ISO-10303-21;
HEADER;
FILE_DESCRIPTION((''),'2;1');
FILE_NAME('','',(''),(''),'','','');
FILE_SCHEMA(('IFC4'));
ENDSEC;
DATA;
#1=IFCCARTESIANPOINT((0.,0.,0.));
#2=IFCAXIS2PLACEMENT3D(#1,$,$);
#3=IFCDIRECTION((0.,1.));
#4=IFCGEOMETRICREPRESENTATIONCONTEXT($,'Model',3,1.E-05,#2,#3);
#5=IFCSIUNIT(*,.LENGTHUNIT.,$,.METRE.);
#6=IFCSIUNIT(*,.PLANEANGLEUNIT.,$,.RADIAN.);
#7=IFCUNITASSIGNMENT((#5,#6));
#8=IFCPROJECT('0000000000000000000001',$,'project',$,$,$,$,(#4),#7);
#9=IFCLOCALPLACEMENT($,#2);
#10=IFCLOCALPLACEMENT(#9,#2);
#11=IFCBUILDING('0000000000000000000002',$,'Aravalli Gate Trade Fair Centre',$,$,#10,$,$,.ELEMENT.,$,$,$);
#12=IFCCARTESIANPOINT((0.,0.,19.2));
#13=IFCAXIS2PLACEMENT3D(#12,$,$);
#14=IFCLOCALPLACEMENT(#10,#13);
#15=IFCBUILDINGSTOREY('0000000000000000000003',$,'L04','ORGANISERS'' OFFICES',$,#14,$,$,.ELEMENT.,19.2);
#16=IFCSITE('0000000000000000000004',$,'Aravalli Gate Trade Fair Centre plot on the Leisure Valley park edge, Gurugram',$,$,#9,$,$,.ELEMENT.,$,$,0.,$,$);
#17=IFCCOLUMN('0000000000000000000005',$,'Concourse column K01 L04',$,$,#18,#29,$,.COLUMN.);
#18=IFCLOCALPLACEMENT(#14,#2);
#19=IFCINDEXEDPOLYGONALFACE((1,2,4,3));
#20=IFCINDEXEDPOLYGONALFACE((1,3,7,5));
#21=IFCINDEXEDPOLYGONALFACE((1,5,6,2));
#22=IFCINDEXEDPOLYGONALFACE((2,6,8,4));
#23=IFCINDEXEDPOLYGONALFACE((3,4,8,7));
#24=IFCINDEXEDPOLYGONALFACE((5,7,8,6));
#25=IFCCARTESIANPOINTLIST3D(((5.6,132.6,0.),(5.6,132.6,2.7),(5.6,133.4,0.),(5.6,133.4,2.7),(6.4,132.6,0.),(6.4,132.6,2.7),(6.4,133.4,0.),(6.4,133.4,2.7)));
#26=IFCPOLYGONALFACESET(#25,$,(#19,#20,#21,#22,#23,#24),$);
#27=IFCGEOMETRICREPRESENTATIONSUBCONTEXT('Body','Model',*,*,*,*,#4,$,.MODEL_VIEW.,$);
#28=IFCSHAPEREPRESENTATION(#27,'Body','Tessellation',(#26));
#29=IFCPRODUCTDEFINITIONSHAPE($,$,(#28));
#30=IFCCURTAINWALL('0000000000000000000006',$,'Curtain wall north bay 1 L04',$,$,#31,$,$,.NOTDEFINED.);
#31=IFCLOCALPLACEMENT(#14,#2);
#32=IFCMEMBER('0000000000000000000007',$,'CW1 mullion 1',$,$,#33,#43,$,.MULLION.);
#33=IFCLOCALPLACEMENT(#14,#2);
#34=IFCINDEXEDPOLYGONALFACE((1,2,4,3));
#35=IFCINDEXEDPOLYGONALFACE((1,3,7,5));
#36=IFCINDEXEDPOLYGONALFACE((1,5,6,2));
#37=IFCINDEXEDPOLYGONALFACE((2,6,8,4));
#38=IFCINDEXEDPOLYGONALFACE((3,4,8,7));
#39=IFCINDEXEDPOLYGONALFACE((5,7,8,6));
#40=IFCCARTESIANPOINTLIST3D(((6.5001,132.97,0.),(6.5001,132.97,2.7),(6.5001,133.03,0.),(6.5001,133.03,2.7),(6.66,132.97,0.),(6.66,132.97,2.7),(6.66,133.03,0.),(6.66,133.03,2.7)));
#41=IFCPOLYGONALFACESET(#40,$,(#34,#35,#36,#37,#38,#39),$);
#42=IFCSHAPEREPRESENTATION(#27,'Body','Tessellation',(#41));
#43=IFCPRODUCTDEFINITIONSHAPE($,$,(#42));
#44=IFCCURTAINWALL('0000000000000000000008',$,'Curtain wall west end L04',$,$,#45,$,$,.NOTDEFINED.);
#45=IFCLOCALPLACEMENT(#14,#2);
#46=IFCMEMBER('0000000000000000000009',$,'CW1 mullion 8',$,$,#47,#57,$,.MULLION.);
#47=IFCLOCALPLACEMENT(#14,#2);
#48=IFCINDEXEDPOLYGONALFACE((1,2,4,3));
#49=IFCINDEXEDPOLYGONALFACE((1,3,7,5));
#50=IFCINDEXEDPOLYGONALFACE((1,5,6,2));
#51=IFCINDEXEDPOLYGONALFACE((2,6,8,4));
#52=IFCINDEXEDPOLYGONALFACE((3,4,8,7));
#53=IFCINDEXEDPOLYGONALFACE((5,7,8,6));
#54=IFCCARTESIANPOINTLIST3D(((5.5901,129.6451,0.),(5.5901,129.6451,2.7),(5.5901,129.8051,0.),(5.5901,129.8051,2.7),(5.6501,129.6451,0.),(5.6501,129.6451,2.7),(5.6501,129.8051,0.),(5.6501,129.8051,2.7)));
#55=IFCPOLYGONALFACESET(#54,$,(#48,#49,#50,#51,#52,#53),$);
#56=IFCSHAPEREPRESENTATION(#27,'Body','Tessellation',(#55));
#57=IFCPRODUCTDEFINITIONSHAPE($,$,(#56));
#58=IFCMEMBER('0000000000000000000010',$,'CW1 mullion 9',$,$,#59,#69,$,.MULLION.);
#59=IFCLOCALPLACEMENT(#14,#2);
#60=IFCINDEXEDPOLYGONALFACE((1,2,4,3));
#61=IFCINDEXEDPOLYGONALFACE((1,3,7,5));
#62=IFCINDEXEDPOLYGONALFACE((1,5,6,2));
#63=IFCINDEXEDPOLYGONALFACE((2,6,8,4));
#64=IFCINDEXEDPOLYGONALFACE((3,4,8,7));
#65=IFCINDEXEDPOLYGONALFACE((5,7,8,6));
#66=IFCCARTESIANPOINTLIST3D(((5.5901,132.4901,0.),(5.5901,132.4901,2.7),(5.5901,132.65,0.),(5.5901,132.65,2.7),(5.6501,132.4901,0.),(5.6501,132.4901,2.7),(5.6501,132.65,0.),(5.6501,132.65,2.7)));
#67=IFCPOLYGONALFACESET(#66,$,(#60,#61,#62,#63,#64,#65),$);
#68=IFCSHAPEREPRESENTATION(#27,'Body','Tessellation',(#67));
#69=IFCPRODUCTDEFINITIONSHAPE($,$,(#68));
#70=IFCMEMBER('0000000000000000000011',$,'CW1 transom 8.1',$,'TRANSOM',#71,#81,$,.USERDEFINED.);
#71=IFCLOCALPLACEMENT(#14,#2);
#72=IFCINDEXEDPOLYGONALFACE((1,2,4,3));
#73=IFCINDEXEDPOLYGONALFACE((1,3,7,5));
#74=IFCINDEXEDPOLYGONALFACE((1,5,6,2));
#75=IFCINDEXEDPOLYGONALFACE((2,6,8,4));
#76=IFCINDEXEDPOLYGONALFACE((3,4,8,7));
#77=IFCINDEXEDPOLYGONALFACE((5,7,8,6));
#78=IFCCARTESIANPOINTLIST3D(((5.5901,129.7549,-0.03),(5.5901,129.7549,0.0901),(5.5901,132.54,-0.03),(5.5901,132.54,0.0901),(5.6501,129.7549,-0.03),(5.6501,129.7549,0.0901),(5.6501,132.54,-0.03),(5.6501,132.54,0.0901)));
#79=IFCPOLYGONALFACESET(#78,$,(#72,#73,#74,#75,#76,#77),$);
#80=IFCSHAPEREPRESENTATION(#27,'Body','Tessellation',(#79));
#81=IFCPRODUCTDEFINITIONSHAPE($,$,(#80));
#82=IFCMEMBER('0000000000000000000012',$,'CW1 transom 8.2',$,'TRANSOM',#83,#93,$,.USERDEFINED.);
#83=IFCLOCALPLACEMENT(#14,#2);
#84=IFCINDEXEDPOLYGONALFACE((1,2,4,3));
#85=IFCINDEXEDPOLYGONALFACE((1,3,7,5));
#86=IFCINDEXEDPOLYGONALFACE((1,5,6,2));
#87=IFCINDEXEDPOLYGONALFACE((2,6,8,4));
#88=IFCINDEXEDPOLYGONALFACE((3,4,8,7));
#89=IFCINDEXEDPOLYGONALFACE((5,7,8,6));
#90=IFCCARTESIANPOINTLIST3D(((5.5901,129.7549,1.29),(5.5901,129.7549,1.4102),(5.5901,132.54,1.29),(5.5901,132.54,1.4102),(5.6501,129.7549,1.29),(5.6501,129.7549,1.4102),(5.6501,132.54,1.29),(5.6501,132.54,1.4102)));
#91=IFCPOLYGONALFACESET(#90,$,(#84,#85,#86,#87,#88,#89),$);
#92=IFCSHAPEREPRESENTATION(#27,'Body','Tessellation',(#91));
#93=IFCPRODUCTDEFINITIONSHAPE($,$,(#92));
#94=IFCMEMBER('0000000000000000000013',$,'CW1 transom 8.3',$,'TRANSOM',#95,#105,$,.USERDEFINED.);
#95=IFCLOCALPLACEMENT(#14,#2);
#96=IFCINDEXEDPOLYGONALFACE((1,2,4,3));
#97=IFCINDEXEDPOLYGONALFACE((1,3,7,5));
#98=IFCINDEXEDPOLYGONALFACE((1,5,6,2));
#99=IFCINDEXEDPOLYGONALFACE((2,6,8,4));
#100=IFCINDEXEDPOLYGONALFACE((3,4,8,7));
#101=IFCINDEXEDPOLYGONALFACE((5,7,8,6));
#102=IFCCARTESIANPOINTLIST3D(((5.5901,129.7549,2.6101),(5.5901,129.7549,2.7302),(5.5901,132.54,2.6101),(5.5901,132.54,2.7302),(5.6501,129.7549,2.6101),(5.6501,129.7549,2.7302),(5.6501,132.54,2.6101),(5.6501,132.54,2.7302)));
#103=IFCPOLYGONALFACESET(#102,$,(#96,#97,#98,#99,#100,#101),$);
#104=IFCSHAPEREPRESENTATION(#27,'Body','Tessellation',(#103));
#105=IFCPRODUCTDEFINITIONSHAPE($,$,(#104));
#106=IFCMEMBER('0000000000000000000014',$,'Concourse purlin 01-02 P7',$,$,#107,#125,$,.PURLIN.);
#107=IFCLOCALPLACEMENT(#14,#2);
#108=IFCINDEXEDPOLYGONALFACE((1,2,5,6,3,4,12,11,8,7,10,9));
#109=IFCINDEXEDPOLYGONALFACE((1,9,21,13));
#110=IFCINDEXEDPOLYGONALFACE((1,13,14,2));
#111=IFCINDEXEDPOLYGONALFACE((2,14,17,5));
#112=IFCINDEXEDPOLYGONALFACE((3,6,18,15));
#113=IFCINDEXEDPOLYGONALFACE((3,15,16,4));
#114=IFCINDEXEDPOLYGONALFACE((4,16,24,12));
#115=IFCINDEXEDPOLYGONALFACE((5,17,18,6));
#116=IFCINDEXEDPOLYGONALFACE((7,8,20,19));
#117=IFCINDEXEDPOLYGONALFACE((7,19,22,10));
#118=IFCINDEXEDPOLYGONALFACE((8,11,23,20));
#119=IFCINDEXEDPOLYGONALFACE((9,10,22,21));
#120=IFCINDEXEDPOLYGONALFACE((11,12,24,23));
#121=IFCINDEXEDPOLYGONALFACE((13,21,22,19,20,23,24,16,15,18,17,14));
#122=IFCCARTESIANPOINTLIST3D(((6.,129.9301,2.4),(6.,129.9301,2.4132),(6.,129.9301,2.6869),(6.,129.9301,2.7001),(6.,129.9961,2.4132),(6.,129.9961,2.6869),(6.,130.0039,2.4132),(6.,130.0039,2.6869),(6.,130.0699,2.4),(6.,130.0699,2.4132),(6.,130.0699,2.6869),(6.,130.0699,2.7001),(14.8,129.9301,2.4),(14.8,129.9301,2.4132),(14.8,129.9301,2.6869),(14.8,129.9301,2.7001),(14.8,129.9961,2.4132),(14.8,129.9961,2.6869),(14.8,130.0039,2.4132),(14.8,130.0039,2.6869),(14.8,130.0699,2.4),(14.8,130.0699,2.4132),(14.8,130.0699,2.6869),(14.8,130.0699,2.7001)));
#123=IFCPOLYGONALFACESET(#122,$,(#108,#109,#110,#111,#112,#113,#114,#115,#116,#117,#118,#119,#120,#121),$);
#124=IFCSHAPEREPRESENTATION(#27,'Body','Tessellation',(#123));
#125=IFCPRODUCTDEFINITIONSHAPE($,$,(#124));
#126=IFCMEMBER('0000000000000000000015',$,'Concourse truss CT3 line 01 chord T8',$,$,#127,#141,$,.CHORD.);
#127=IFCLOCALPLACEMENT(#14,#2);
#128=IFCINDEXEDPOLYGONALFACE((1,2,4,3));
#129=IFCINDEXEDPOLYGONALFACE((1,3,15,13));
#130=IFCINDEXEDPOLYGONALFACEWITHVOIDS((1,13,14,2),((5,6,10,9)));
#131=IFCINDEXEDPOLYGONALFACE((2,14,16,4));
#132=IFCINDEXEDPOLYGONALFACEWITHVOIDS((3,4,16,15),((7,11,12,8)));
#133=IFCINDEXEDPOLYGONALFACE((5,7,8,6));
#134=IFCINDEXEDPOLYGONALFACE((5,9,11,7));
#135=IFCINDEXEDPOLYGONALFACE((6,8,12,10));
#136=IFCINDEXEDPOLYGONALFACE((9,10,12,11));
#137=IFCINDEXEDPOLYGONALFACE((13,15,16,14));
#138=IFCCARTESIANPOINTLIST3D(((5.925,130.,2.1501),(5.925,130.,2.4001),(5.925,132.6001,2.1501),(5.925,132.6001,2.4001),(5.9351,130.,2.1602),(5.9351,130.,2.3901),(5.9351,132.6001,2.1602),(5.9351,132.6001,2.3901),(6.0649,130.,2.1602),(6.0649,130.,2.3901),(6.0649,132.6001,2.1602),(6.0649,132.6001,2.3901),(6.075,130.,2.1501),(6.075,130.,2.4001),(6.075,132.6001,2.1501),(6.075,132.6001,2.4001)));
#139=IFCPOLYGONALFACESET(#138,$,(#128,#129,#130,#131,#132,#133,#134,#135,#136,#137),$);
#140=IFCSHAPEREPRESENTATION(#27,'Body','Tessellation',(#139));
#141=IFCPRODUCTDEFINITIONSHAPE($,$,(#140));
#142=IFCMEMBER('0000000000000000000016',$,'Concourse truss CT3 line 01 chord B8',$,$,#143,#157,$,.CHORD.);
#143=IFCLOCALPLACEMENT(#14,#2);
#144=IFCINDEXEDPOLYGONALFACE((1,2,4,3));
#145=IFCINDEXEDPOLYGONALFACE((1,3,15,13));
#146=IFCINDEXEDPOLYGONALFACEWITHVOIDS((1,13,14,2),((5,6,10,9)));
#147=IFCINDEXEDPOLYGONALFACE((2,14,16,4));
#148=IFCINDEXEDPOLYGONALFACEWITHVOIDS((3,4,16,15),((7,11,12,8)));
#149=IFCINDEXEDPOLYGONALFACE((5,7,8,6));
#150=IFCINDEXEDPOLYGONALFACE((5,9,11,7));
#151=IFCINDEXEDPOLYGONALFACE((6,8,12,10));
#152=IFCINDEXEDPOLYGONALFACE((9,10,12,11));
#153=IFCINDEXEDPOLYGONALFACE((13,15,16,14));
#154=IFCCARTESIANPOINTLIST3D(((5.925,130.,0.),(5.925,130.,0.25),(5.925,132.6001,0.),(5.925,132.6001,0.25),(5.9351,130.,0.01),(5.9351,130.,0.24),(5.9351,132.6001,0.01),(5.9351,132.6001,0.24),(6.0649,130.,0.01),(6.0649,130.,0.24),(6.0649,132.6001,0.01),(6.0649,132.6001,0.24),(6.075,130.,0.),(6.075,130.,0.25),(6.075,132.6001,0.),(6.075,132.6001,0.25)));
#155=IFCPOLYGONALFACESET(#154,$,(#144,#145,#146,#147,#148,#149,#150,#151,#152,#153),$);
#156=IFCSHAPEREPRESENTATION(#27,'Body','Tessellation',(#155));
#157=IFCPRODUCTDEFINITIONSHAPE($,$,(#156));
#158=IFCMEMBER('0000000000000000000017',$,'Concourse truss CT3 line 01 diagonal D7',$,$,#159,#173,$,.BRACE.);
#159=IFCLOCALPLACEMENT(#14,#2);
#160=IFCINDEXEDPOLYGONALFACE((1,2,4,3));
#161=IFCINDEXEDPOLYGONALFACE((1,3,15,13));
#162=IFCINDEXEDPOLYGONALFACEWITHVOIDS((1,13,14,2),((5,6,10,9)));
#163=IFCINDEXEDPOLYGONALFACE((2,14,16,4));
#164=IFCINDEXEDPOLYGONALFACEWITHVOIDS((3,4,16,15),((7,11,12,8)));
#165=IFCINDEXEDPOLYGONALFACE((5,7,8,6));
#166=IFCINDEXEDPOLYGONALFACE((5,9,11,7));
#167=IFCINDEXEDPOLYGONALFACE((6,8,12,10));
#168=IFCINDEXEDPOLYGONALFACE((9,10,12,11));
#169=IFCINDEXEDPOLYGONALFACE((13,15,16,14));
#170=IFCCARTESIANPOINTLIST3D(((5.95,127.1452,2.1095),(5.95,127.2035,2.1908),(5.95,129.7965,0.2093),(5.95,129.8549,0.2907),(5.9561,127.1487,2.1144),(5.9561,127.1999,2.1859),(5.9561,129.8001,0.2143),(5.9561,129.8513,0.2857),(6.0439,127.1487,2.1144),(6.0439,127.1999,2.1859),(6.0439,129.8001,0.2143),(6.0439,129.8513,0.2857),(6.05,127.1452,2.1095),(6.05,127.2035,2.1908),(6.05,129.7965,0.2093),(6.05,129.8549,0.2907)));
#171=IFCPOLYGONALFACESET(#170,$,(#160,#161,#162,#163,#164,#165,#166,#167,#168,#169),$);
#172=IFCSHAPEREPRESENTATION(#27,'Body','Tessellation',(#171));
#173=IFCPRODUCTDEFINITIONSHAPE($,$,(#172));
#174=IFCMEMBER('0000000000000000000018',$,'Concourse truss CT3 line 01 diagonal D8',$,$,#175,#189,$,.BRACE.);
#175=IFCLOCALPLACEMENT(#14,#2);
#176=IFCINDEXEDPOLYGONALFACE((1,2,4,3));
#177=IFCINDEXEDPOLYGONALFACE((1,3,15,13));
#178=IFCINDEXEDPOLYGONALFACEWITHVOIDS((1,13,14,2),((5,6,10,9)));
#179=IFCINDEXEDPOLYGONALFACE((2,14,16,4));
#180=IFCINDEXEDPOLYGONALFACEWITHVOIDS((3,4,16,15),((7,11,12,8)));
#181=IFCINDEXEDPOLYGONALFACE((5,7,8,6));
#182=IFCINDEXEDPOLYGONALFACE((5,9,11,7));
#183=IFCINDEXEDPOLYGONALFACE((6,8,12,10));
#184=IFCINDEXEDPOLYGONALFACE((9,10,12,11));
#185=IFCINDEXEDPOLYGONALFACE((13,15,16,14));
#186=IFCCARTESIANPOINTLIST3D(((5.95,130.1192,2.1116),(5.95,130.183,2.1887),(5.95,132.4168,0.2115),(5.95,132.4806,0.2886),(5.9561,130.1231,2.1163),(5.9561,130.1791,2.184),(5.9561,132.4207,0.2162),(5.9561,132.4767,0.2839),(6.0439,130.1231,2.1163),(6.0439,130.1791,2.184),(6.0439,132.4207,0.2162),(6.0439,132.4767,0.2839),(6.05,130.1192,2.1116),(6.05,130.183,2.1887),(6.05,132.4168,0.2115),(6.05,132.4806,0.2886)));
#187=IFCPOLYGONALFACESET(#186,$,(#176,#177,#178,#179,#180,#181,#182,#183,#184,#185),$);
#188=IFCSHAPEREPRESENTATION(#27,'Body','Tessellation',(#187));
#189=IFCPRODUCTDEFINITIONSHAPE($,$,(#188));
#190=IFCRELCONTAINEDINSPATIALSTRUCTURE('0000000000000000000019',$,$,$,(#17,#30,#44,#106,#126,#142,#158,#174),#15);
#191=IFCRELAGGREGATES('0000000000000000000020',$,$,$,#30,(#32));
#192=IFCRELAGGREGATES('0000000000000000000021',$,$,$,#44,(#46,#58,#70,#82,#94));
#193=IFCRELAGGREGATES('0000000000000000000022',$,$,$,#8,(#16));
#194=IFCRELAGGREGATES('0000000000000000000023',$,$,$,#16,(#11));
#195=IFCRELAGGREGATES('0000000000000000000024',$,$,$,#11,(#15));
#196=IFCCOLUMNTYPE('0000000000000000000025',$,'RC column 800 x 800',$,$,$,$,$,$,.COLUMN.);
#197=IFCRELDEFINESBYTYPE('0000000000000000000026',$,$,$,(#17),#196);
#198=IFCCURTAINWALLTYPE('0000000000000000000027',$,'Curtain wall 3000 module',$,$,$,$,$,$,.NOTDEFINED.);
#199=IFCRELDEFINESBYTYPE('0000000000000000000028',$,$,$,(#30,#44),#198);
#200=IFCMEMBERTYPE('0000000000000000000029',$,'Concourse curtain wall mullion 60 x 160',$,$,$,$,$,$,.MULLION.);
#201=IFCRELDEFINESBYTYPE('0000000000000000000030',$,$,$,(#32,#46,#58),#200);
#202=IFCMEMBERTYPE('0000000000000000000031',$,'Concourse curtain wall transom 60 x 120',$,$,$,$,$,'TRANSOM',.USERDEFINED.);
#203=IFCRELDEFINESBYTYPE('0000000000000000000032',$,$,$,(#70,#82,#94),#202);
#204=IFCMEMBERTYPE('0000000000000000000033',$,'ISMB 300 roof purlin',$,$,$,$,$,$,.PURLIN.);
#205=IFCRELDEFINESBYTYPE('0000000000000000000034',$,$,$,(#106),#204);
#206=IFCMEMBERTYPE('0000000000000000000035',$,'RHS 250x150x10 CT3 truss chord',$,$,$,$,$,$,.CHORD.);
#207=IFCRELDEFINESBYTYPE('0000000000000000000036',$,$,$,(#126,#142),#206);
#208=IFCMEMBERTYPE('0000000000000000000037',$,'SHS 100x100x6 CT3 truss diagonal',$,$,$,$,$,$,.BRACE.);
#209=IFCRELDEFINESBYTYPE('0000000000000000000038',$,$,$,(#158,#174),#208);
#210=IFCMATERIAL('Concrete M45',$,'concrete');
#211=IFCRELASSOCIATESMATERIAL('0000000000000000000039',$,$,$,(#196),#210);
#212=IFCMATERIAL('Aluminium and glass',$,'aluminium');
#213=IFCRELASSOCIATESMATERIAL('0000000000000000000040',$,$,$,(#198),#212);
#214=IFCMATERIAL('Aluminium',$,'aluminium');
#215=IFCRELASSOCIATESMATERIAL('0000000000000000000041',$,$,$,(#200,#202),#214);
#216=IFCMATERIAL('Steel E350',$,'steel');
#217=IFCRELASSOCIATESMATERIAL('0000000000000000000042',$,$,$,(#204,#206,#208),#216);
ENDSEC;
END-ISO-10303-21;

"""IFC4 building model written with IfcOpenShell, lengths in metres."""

from ifc_helpers import new_model, si_unit, direction, frame, origin, origin_2d, place, context, subcontext, project, spatial, rectangle, hollow_rectangle, i_section, extrude, material, material_profile, profile_set, type_object, element, aggregate, save


model = new_model("IFC4")

# Units and contexts
model_context = context("Model", 3, precision=1e-05, world=origin(), true_north=direction((0.0, 1.0)))
body_context = subcontext(model_context, "Body", "Model", "MODEL_VIEW")
ifc_project = project(units=[si_unit("LENGTHUNIT", "METRE"), si_unit("PLANEANGLEUNIT", "RADIAN")], contexts=[model_context])

# Site, building, storey
site_placement = place(None, origin())
site = spatial("IfcSite", under=ifc_project, at=site_placement, Name="Aravalli Gate Trade Fair Centre plot on the Leisure Valley park edge, Gurugram", CompositionType="ELEMENT", RefElevation=0.0)
building_placement = place(site_placement, origin())
building = spatial("IfcBuilding", under=site, at=building_placement, Name="Aravalli Gate Trade Fair Centre", CompositionType="ELEMENT")
storey_placement = place(building_placement, frame((0.0, 0.0, 19.2)))
storey = spatial("IfcBuildingStorey", under=building, at=storey_placement, Name="L04", Description="ORGANISERS' OFFICES", CompositionType="ELEMENT", Elevation=19.2)

# Column
ifc_material_1 = material(Name="Concrete M45", Category="concrete")
ifc_material_profile_1 = material_profile(ifc_material_1, rectangle(XDim=0.8, YDim=0.8, at=origin_2d()), Name="RC column 800 x 800")
ifc_profile_set_1 = profile_set([ifc_material_profile_1], Name="Concrete M45")
column_type = type_object("IfcColumnType", Name="RC column 800 x 800", PredefinedType="COLUMN", material=ifc_profile_set_1)
column_placement = place(storey_placement, frame((6.0, 133.0, 0.0), z_axis=(0.0, 0.0, 1.0), x_axis=(1.0, 0.0, 0.0)))
element("IfcColumn", 1, at=column_placement, inside=storey, type_object=column_type, Name="Concourse column K01 L04", PredefinedType="COLUMN", context=body_context, shape_type="SweptSolid", body=[
    extrude(rectangle(XDim=0.8, YDim=0.8, at=origin_2d()), origin(), (0.0, 0.0, 1.0), 2.7),
])

# Curtain wall, member
ifc_material_2 = material(Name="Aluminium and glass", Category="aluminium")
curtain_wall_type = type_object("IfcCurtainWallType", Name="Curtain wall 3000 module", PredefinedType="NOTDEFINED", material=ifc_material_2)
curtain_wall_1_placement = place(storey_placement, origin())
curtain_wall_1 = element("IfcCurtainWall", 2, at=curtain_wall_1_placement, inside=storey, type_object=curtain_wall_type, Name="Curtain wall north bay 1 L04", PredefinedType="NOTDEFINED")
ifc_material_3 = material(Name="Aluminium", Category="aluminium")
ifc_material_profile_2 = material_profile(ifc_material_3, rectangle(XDim=0.0601, YDim=0.1599, at=origin_2d()), Name="Concourse curtain wall mullion 60 x 160")
ifc_profile_set_2 = profile_set([ifc_material_profile_2], Name="Aluminium")
member_type_1 = type_object("IfcMemberType", Name="Concourse curtain wall mullion 60 x 160", PredefinedType="MULLION", material=ifc_profile_set_2)
member_1_placement = place(storey_placement, frame((6.5801, 133.0, 0.0), z_axis=(0.0, 0.0, 1.0), x_axis=(0.0, 1.0, 0.0)))
member_1 = element("IfcMember", 3, at=member_1_placement, type_object=member_type_1, Name="CW1 mullion 1", PredefinedType="MULLION", context=body_context, shape_type="SweptSolid", body=[
    extrude(rectangle(XDim=0.0601, YDim=0.1599, at=origin_2d()), origin(), (0.0, 0.0, 1.0), 2.7),
])
aggregate(curtain_wall_1, [member_1])

# Curtain wall, members
curtain_wall_2_placement = place(storey_placement, origin())
curtain_wall_2 = element("IfcCurtainWall", 4, at=curtain_wall_2_placement, inside=storey, type_object=curtain_wall_type, Name="Curtain wall west end L04", PredefinedType="NOTDEFINED")
member_2_placement = place(storey_placement, frame((5.6201, 129.7251, 0.0), z_axis=(0.0, 0.0, 1.0), x_axis=(-1.0, 0.0, 0.0)))
member_2 = element("IfcMember", 5, at=member_2_placement, type_object=member_type_1, Name="CW1 mullion 8", PredefinedType="MULLION", context=body_context, shape_type="SweptSolid", body=[
    extrude(rectangle(XDim=0.0601, YDim=0.1599, at=origin_2d()), origin(), (0.0, 0.0, 1.0), 2.7),
])
member_3_placement = place(storey_placement, frame((5.6201, 132.5701, 0.0), z_axis=(0.0, 0.0, 1.0), x_axis=(-1.0, 0.0, 0.0)))
member_3 = element("IfcMember", 6, at=member_3_placement, type_object=member_type_1, Name="CW1 mullion 9", PredefinedType="MULLION", context=body_context, shape_type="SweptSolid", body=[
    extrude(rectangle(XDim=0.0601, YDim=0.1599, at=origin_2d()), origin(), (0.0, 0.0, 1.0), 2.7),
])
ifc_material_profile_3 = material_profile(ifc_material_3, rectangle(XDim=0.0601, YDim=0.1201, at=origin_2d()), Name="Concourse curtain wall transom 60 x 120")
ifc_profile_set_3 = profile_set([ifc_material_profile_3], Name="Aluminium")
member_type_2 = type_object("IfcMemberType", Name="Concourse curtain wall transom 60 x 120", ElementType="TRANSOM", PredefinedType="USERDEFINED", material=ifc_profile_set_3)
member_4_placement = place(storey_placement, frame((5.6201, 129.7549, 0.03), z_axis=(0.0, 1.0, 0.0), x_axis=(-1.0, 0.0, 0.0)))
member_4 = element("IfcMember", 7, at=member_4_placement, type_object=member_type_2, Name="CW1 transom 8.1", ObjectType="TRANSOM", PredefinedType="USERDEFINED", context=body_context, shape_type="SweptSolid", body=[
    extrude(rectangle(XDim=0.0601, YDim=0.1201, at=origin_2d()), origin(), (0.0, 0.0, 1.0), 2.7852),
])
member_5_placement = place(storey_placement, frame((5.6201, 129.7549, 1.3501), z_axis=(0.0, 1.0, 0.0), x_axis=(-1.0, 0.0, 0.0)))
member_5 = element("IfcMember", 8, at=member_5_placement, type_object=member_type_2, Name="CW1 transom 8.2", ObjectType="TRANSOM", PredefinedType="USERDEFINED", context=body_context, shape_type="SweptSolid", body=[
    extrude(rectangle(XDim=0.0601, YDim=0.1201, at=origin_2d()), origin(), (0.0, 0.0, 1.0), 2.7852),
])
member_6_placement = place(storey_placement, frame((5.6201, 129.7549, 2.6702), z_axis=(0.0, 1.0, 0.0), x_axis=(-1.0, 0.0, 0.0)))
member_6 = element("IfcMember", 9, at=member_6_placement, type_object=member_type_2, Name="CW1 transom 8.3", ObjectType="TRANSOM", PredefinedType="USERDEFINED", context=body_context, shape_type="SweptSolid", body=[
    extrude(rectangle(XDim=0.0601, YDim=0.1201, at=origin_2d()), origin(), (0.0, 0.0, 1.0), 2.7852),
])

# Members
ifc_material_4 = material(Name="Steel E350", Category="steel")
ifc_material_profile_4 = material_profile(ifc_material_4, i_section(OverallWidth=0.1399, OverallDepth=0.3, WebThickness=0.0078, FlangeThickness=0.0132, at=origin_2d()), Name="ISMB 300")
ifc_profile_set_4 = profile_set([ifc_material_profile_4], Name="Steel E350")
member_type_3 = type_object("IfcMemberType", Name="ISMB 300 roof purlin", PredefinedType="PURLIN", material=ifc_profile_set_4)
member_7_placement = place(storey_placement, frame((6.0, 130.0, 2.55), z_axis=(1.0, 0.0, 0.0), x_axis=(0.0, 1.0, 0.0)))
element("IfcMember", 10, at=member_7_placement, inside=storey, type_object=member_type_3, Name="Concourse purlin 01-02 P7", PredefinedType="PURLIN", context=body_context, shape_type="SweptSolid", body=[
    extrude(i_section(OverallWidth=0.1399, OverallDepth=0.3, WebThickness=0.0078, FlangeThickness=0.0132, at=origin_2d()), origin(), (0.0, 0.0, 1.0), 8.8),
])
ifc_material_profile_5 = material_profile(ifc_material_4, hollow_rectangle(XDim=0.1499, YDim=0.25, WallThickness=0.01, at=origin_2d()), Name="RHS 250x150x10")
ifc_profile_set_5 = profile_set([ifc_material_profile_5], Name="Steel E350")
member_type_4 = type_object("IfcMemberType", Name="RHS 250x150x10 CT3 truss chord", PredefinedType="CHORD", material=ifc_profile_set_5)
for number, where, z_axis, x_axis, name in (
    (11, (6.0, 130.0, 2.2751), (0.0, 1.0, 0.0), (-1.0, 0.0, 0.0), "Concourse truss CT3 line 01 chord T8"),
    (12, (6.0, 130.0, 0.125), (0.0, 1.0, 0.0), (-1.0, 0.0, 0.0), "Concourse truss CT3 line 01 chord B8"),
):
    element("IfcMember", number, at=place(storey_placement, frame(where, z_axis=z_axis, x_axis=x_axis)), inside=storey, type_object=member_type_4, Name=name, PredefinedType="CHORD", context=body_context, shape_type="SweptSolid", body=[
        extrude(hollow_rectangle(XDim=0.1499, YDim=0.25, WallThickness=0.01, at=origin_2d()), origin(), (0.0, 0.0, 1.0), 2.6001),
    ])
ifc_material_profile_6 = material_profile(ifc_material_4, hollow_rectangle(XDim=0.1001, YDim=0.1001, WallThickness=0.0061, at=origin_2d()), Name="SHS 100x100x6")
ifc_profile_set_6 = profile_set([ifc_material_profile_6], Name="Steel E350")
member_type_5 = type_object("IfcMemberType", Name="SHS 100x100x6 CT3 truss diagonal", PredefinedType="BRACE", material=ifc_profile_set_6)
member_8_placement = place(storey_placement, frame((6.0, 127.1743, 2.1501), z_axis=(0.0, 0.812817, -0.582519), x_axis=(-1.0, 0.0, 0.0)))
element("IfcMember", 13, at=member_8_placement, inside=storey, type_object=member_type_5, Name="Concourse truss CT3 line 01 diagonal D7", PredefinedType="BRACE", context=body_context, shape_type="SweptSolid", body=[
    extrude(hollow_rectangle(XDim=0.1001, YDim=0.1001, WallThickness=0.0061, at=origin_2d()), origin(), (0.0, 0.0, 1.0), 3.262),
])
member_9_placement = place(storey_placement, frame((6.0, 130.1511, 2.1501), z_axis=(0.0, 0.770612, -0.637305), x_axis=(-1.0, 0.0, 0.0)))
element("IfcMember", 14, at=member_9_placement, inside=storey, type_object=member_type_5, Name="Concourse truss CT3 line 01 diagonal D8", PredefinedType="BRACE", context=body_context, shape_type="SweptSolid", body=[
    extrude(hollow_rectangle(XDim=0.1001, YDim=0.1001, WallThickness=0.0061, at=origin_2d()), origin(), (0.0, 0.0, 1.0), 2.9814),
])

aggregate(curtain_wall_2, [member_2, member_3, member_4, member_5, member_6])

save(model, "model.ifc")
